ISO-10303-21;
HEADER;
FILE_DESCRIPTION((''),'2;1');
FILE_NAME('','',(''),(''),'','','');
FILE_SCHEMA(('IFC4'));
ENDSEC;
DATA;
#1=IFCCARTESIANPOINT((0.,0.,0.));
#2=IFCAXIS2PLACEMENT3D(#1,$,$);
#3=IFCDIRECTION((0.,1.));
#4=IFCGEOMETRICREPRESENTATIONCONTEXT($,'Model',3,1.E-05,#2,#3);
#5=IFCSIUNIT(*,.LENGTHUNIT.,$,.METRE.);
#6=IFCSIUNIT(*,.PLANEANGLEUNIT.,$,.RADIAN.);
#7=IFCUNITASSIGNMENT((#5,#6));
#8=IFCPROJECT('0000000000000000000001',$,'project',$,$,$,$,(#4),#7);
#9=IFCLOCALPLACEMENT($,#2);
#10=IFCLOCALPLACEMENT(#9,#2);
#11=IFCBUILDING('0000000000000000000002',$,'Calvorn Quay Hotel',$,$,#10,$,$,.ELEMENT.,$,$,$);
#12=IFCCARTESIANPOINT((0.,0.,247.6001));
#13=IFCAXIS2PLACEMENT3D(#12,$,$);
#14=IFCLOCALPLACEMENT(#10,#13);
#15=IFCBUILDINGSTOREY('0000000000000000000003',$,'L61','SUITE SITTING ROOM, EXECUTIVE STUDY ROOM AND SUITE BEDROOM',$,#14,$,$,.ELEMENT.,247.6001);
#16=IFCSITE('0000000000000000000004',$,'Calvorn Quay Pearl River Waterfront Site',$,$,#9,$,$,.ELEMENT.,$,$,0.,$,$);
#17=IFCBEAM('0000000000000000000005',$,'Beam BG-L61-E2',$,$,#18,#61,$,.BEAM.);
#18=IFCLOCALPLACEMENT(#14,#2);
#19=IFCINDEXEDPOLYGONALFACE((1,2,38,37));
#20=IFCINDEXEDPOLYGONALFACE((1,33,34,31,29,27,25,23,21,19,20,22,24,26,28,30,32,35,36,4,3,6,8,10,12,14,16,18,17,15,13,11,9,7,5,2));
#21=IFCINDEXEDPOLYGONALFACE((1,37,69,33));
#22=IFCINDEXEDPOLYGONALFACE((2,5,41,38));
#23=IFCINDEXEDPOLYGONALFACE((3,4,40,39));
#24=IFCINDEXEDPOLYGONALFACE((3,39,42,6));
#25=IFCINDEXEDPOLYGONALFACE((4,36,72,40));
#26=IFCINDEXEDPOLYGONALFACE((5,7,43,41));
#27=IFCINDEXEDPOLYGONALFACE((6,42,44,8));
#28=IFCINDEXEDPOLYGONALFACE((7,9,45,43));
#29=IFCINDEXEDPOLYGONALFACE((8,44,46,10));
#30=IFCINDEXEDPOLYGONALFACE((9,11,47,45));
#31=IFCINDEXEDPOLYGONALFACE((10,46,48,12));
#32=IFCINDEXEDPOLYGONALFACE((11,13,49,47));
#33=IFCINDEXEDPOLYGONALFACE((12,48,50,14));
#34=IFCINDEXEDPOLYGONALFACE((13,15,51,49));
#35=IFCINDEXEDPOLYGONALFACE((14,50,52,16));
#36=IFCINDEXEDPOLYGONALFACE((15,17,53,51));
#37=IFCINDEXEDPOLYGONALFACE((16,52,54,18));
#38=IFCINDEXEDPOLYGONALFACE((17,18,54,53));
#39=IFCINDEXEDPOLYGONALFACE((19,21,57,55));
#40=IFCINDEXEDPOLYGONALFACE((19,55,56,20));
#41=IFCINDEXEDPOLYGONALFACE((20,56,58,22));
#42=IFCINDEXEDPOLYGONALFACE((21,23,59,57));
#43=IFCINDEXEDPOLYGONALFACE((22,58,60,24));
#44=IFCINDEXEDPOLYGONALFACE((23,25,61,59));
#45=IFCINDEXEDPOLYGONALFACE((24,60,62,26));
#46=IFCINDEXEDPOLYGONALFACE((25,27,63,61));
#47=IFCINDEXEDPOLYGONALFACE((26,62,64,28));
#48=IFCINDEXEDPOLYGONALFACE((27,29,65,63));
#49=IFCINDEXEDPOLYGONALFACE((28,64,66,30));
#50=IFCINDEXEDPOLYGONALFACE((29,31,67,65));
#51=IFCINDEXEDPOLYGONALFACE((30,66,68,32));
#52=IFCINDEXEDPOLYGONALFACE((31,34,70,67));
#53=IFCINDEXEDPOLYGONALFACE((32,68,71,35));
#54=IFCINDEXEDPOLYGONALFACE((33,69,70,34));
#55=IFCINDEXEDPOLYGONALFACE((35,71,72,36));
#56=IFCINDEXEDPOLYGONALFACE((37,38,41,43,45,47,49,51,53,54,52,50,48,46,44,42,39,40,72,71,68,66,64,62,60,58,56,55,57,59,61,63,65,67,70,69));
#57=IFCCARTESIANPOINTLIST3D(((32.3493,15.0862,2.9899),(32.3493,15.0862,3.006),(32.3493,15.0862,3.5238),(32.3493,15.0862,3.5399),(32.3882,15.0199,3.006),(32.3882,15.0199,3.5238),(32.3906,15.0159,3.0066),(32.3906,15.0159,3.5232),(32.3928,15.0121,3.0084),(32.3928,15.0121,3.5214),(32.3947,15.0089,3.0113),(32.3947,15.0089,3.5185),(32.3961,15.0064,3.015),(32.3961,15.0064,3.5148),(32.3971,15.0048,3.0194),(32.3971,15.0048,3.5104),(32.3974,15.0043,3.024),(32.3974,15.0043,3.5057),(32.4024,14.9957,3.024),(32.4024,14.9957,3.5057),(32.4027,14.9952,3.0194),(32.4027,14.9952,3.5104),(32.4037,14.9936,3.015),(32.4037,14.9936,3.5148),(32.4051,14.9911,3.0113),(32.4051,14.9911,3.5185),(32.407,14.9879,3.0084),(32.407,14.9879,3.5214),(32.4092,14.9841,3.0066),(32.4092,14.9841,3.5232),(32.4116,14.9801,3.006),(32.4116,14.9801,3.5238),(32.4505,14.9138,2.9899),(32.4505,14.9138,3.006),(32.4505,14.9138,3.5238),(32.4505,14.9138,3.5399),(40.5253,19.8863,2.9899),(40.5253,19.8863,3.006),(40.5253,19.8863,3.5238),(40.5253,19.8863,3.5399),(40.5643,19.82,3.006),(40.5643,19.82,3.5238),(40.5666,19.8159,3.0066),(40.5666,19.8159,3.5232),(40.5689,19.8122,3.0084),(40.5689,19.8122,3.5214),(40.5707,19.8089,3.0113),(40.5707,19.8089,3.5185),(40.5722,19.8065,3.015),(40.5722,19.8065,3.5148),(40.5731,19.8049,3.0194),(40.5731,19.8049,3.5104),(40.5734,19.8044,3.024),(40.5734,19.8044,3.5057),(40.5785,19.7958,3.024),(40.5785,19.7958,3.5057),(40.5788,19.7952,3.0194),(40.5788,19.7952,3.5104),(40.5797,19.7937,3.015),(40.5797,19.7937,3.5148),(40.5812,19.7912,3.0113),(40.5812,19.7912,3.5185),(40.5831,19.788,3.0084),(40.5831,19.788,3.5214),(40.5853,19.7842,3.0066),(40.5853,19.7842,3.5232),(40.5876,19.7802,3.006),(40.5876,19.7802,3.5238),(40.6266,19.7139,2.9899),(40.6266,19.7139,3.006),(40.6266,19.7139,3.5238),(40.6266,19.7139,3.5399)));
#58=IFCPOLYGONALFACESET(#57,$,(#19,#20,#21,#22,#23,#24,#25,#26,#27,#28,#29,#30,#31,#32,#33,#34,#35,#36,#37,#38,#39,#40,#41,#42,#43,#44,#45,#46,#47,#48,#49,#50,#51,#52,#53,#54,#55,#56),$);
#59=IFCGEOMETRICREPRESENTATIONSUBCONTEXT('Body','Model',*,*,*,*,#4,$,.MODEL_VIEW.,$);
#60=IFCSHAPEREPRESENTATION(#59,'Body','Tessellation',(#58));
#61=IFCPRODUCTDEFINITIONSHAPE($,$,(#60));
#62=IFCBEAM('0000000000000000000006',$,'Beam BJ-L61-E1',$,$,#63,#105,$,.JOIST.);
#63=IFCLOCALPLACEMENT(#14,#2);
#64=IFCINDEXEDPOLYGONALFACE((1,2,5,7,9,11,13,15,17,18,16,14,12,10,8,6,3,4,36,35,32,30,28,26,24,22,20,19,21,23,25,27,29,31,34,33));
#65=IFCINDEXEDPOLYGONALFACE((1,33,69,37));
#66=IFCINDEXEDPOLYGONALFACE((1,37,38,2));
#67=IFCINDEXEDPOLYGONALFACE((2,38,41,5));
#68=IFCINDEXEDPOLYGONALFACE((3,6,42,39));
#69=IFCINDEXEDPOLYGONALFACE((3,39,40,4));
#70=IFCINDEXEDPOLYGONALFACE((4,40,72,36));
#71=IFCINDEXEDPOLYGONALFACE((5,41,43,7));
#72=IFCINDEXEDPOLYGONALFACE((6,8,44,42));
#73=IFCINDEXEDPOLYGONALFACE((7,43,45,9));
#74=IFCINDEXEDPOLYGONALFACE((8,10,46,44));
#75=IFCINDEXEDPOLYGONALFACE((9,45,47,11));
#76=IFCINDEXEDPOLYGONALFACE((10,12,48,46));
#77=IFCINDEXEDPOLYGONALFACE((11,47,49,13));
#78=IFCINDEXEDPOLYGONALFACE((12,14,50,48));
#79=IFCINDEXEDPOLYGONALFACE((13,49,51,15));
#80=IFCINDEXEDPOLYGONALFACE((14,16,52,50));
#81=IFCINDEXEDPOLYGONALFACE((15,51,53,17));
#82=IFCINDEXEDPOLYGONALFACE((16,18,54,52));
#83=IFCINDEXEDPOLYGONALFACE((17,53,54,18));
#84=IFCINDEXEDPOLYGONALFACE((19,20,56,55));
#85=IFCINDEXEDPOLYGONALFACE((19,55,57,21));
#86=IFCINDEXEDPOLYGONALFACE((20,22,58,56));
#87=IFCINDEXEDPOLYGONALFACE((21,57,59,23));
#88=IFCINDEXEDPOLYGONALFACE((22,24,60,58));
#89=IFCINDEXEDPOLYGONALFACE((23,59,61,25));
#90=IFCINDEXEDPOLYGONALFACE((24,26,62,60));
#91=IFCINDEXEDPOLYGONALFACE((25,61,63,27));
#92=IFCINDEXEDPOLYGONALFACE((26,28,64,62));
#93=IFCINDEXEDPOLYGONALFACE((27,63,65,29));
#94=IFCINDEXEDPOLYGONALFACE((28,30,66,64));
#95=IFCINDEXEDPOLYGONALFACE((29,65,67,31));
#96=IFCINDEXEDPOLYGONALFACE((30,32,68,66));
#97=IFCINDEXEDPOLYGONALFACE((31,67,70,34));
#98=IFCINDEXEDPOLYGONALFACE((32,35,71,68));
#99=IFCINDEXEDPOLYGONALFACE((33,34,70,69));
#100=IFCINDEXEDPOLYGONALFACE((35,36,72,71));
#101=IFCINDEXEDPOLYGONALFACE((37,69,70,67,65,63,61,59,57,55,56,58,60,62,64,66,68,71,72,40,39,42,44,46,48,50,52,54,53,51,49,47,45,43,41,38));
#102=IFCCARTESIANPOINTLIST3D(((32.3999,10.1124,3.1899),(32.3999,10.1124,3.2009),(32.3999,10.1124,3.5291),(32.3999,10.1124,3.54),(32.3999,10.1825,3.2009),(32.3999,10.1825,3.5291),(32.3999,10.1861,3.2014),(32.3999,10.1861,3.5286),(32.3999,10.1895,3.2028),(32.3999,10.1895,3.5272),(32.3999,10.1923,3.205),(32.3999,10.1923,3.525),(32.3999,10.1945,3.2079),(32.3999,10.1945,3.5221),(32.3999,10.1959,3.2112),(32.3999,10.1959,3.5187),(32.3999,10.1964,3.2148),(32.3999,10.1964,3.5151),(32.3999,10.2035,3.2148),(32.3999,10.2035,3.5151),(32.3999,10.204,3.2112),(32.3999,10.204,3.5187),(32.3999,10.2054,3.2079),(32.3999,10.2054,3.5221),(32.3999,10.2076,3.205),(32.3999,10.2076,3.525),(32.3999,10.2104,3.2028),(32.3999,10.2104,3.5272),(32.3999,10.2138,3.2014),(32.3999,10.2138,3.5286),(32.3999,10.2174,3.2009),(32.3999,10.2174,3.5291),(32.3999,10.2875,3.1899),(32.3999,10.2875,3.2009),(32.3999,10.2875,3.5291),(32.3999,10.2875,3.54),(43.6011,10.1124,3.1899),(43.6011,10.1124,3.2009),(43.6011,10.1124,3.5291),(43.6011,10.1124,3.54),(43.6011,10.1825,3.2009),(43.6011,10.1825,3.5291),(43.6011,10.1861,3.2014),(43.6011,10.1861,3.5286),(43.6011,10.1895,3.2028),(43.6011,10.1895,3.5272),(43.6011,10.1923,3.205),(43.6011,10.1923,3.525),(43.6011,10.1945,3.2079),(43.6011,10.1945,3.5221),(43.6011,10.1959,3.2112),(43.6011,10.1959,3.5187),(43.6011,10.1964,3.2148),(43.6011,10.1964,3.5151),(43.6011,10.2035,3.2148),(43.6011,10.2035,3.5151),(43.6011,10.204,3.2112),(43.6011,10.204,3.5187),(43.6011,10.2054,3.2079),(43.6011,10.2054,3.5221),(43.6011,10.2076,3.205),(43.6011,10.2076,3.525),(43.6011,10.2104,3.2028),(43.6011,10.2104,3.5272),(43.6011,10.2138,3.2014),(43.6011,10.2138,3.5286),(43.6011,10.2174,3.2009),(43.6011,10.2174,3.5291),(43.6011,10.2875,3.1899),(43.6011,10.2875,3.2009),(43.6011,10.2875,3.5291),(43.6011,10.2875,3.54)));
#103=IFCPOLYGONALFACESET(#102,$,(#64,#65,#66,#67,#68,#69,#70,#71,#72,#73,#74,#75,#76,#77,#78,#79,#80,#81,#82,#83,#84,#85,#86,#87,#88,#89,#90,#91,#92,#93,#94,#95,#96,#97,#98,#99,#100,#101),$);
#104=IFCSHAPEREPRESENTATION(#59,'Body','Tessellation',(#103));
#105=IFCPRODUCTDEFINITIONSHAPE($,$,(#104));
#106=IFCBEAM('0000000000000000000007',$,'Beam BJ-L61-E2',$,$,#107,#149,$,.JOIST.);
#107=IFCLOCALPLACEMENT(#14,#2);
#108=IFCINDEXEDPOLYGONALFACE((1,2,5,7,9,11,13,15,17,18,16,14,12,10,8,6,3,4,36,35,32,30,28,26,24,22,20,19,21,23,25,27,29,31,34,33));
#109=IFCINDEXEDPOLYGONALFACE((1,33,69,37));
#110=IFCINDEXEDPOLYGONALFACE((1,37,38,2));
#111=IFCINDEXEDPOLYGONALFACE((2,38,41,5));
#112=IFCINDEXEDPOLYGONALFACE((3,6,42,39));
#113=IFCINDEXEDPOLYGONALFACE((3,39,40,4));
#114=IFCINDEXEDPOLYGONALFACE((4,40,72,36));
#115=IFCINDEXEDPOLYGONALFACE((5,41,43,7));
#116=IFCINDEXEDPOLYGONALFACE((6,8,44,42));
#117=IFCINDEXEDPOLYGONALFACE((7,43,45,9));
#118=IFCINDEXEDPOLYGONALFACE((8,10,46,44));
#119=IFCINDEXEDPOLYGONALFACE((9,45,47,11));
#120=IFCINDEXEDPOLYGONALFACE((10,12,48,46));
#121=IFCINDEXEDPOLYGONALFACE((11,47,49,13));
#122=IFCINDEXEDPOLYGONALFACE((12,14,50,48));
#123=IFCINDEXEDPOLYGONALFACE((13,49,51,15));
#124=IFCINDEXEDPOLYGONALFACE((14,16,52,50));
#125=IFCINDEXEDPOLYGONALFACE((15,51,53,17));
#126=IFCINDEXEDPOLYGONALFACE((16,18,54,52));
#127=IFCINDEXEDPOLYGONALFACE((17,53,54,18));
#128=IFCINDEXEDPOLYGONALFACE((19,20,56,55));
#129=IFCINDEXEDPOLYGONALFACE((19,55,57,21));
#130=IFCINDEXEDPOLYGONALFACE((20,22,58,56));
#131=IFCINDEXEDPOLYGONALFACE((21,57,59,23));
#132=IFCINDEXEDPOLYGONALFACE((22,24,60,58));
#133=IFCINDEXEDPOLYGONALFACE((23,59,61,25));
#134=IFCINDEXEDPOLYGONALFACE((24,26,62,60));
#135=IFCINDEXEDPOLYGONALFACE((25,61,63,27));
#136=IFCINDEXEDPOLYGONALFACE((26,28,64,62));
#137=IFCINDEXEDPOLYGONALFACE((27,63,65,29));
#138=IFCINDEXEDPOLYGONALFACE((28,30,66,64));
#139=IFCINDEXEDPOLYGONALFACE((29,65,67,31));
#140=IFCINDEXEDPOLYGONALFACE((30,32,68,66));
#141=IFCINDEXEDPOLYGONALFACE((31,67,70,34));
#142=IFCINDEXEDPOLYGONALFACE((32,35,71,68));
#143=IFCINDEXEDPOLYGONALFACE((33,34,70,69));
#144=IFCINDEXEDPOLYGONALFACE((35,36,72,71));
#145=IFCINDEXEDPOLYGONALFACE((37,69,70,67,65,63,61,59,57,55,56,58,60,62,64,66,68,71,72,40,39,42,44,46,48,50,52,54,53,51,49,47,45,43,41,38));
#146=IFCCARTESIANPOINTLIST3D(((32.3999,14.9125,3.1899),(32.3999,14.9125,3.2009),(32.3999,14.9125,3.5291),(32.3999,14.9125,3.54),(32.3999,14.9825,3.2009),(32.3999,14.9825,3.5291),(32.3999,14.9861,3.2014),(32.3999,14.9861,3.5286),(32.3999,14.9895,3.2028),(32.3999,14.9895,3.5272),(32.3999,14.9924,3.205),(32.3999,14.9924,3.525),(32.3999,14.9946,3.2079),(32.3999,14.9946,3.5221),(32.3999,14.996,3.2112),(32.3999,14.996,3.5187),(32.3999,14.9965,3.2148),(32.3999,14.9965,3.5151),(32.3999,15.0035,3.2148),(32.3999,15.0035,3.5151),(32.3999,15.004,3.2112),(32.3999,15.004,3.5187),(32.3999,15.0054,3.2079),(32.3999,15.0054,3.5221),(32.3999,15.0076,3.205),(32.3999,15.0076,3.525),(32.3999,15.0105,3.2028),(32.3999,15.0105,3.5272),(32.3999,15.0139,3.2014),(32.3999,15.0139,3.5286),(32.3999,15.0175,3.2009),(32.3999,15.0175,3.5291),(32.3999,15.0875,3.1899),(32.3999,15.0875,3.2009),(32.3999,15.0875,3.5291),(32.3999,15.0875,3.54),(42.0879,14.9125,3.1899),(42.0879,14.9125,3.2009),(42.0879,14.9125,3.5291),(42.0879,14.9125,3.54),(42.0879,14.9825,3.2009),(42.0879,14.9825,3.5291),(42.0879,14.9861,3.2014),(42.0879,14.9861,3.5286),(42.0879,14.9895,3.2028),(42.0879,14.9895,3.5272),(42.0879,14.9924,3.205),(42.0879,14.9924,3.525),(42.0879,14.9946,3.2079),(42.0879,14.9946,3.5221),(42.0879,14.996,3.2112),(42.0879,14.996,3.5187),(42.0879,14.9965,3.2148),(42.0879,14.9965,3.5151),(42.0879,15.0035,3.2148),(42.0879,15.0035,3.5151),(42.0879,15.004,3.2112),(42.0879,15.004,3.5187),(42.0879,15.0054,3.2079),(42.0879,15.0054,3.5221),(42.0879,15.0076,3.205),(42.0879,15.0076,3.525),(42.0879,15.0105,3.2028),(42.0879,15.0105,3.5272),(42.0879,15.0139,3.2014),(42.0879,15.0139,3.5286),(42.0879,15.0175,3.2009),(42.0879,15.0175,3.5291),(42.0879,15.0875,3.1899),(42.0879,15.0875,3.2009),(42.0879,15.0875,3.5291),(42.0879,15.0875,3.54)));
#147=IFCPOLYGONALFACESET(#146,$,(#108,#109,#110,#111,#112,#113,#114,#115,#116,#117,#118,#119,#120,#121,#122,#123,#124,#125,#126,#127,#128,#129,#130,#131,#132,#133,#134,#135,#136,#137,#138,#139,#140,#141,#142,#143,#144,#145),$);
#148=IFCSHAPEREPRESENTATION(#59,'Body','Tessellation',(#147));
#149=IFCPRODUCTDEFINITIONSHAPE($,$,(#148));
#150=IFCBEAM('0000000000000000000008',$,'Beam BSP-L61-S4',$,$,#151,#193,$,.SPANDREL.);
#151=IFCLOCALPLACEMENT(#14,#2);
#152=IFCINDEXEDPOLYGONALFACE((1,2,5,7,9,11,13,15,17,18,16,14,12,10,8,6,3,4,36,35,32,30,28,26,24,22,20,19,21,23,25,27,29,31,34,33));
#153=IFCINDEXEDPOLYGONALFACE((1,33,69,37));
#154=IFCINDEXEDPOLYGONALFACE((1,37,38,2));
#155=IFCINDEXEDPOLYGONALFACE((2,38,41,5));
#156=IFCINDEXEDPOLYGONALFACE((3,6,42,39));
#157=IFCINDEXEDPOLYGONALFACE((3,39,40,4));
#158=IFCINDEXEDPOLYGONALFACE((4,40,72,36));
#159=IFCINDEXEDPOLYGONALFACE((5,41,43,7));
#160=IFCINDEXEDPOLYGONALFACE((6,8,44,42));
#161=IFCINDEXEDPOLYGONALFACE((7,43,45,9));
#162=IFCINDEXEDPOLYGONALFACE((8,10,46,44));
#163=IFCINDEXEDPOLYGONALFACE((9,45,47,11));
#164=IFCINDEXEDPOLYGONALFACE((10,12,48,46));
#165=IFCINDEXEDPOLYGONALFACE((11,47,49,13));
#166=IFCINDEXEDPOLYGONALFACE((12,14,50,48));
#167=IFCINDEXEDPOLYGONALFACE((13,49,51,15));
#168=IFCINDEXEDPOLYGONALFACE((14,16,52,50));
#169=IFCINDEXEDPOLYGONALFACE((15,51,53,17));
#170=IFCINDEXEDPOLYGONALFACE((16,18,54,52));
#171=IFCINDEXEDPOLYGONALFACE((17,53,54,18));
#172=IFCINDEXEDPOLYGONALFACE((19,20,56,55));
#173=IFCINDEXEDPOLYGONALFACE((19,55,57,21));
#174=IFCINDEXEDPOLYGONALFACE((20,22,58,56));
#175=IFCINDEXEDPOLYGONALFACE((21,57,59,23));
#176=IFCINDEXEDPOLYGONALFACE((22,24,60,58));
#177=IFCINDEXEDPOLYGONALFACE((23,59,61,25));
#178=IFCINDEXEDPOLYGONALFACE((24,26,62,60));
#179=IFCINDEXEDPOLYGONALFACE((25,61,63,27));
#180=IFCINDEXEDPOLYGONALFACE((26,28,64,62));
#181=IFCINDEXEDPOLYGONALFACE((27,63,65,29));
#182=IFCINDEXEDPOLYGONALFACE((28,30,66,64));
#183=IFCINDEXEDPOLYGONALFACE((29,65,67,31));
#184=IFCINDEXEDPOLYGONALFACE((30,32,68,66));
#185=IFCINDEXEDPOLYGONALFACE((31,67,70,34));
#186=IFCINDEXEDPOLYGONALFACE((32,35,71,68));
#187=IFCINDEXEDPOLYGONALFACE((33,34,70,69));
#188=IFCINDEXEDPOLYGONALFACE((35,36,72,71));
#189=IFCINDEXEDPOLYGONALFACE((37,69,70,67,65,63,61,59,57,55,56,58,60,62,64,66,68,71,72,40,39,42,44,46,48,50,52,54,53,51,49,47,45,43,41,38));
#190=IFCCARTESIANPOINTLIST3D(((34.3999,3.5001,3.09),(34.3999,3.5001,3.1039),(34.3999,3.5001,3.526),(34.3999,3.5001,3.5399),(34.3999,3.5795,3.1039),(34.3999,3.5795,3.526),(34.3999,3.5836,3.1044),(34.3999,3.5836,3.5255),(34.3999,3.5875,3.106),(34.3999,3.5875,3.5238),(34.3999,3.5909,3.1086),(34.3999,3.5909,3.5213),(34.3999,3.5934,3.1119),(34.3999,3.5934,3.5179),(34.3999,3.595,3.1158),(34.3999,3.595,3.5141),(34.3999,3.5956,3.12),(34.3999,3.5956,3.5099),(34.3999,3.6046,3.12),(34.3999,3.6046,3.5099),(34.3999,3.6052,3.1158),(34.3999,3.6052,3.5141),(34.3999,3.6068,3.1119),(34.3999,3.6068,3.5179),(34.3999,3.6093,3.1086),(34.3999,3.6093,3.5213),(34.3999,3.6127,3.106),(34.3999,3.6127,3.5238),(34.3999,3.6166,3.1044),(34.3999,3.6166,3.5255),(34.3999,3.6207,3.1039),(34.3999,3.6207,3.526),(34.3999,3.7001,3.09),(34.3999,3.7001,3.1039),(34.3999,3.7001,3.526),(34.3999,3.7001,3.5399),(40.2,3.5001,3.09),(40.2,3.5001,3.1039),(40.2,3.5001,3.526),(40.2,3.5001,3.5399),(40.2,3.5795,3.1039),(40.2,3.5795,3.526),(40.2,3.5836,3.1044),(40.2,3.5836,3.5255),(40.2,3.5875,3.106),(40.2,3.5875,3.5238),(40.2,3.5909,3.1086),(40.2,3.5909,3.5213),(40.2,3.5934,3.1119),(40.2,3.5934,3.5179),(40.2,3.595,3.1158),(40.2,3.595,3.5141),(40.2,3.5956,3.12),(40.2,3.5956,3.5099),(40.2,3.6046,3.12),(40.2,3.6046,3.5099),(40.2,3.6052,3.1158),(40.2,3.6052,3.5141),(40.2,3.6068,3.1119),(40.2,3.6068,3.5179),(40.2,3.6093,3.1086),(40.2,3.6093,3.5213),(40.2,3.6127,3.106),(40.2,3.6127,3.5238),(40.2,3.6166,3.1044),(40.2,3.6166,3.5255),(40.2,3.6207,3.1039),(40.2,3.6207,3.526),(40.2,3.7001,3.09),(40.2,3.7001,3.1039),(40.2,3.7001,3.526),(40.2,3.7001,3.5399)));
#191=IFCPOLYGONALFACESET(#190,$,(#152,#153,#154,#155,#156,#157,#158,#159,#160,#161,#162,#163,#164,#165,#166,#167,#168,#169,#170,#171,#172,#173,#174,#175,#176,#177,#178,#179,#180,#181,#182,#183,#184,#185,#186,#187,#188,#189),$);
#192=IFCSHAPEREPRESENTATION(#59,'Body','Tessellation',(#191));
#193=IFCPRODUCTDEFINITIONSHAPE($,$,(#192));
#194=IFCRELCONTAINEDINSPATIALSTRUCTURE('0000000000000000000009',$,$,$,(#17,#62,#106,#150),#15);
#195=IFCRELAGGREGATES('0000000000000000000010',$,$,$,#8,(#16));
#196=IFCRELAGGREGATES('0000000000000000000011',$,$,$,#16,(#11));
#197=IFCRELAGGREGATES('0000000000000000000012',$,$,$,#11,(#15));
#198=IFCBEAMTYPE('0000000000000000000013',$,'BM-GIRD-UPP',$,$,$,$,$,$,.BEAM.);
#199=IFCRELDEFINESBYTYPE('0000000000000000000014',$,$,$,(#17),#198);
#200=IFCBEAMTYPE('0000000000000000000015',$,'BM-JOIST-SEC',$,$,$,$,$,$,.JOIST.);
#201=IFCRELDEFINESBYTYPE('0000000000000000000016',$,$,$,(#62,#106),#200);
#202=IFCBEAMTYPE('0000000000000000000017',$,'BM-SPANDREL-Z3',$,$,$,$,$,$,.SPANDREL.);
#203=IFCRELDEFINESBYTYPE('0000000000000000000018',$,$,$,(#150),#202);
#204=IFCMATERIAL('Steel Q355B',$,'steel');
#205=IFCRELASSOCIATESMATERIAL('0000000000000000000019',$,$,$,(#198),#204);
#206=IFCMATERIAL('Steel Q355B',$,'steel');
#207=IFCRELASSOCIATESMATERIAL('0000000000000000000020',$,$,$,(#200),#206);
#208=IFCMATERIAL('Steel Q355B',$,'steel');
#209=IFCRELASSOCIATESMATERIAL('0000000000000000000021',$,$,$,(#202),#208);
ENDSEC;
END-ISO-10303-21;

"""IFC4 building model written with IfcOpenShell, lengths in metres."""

from ifc_helpers import new_model, si_unit, direction, frame, origin, origin_2d, place, context, subcontext, project, spatial, i_section, extrude, material, material_profile, profile_set, type_object, element, save


model = new_model("IFC4")

# Units and contexts
model_context = context("Model", 3, precision=1e-05, world=origin(), true_north=direction((0.0, 1.0)))
body_context = subcontext(model_context, "Body", "Model", "MODEL_VIEW")
ifc_project = project(units=[si_unit("LENGTHUNIT", "METRE"), si_unit("PLANEANGLEUNIT", "RADIAN")], contexts=[model_context])

# Site, building, storey
site_placement = place(None, origin())
site = spatial("IfcSite", under=ifc_project, at=site_placement, Name="Calvorn Quay Pearl River Waterfront Site", CompositionType="ELEMENT", RefElevation=0.0)
building_placement = place(site_placement, origin())
building = spatial("IfcBuilding", under=site, at=building_placement, Name="Calvorn Quay Hotel", CompositionType="ELEMENT")
storey_placement = place(building_placement, frame((0.0, 0.0, 247.6001)))
storey = spatial("IfcBuildingStorey", under=building, at=storey_placement, Name="L61", Description="SUITE SITTING ROOM, EXECUTIVE STUDY ROOM AND SUITE BEDROOM", CompositionType="ELEMENT", Elevation=247.6001)

# Beams
ifc_material_1 = material(Name="Steel Q355B", Category="steel")
ifc_material_profile_1 = material_profile(ifc_material_1, i_section(OverallWidth=0.2, OverallDepth=0.55, WebThickness=0.01, FlangeThickness=0.0161, FilletRadius=0.0181, at=origin_2d()), Name="HN550x200x10x16")
ifc_profile_set_1 = profile_set([ifc_material_profile_1], Name="Steel Q355B")
beam_type_1 = type_object("IfcBeamType", Name="BM-GIRD-UPP", PredefinedType="BEAM", material=ifc_profile_set_1)
beam_1_placement = place(storey_placement, frame((32.3999, 15.0, 3.2649), z_axis=(0.862366, 0.506285, 0.0), x_axis=(-0.506285, 0.862366, 0.0)))
element("IfcBeam", 1, at=beam_1_placement, inside=storey, type_object=beam_type_1, Name="Beam BG-L61-E2", PredefinedType="BEAM", context=body_context, shape_type="SweptSolid", body=[
    extrude(i_section(OverallWidth=0.2, OverallDepth=0.55, WebThickness=0.01, FlangeThickness=0.0161, FilletRadius=0.0181, at=origin_2d()), origin(), (0.0, 0.0, 1.0), 9.481),
])
ifc_material_2 = material(Name="Steel Q355B", Category="steel")
ifc_material_profile_2 = material_profile(ifc_material_2, i_section(OverallWidth=0.175, OverallDepth=0.3501, WebThickness=0.0071, FlangeThickness=0.011, FilletRadius=0.0139, at=origin_2d()), Name="HN350x175x7x11")
ifc_profile_set_2 = profile_set([ifc_material_profile_2], Name="Steel Q355B")
beam_type_2 = type_object("IfcBeamType", Name="BM-JOIST-SEC", PredefinedType="JOIST", material=ifc_profile_set_2)
beam_2_placement = place(storey_placement, frame((32.3999, 10.2, 3.365), z_axis=(1.0, 0.0, 0.0), x_axis=(0.0, 1.0, 0.0)))
element("IfcBeam", 2, at=beam_2_placement, inside=storey, type_object=beam_type_2, Name="Beam BJ-L61-E1", PredefinedType="JOIST", context=body_context, shape_type="SweptSolid", body=[
    extrude(i_section(OverallWidth=0.175, OverallDepth=0.3501, WebThickness=0.0071, FlangeThickness=0.011, FilletRadius=0.0139, at=origin_2d()), origin(), (0.0, 0.0, 1.0), 11.2012),
])
beam_3_placement = place(storey_placement, frame((32.3999, 15.0, 3.365), z_axis=(1.0, 0.0, 0.0), x_axis=(0.0, 1.0, 0.0)))
element("IfcBeam", 3, at=beam_3_placement, inside=storey, type_object=beam_type_2, Name="Beam BJ-L61-E2", PredefinedType="JOIST", context=body_context, shape_type="SweptSolid", body=[
    extrude(i_section(OverallWidth=0.175, OverallDepth=0.3501, WebThickness=0.0071, FlangeThickness=0.011, FilletRadius=0.0139, at=origin_2d()), origin(), (0.0, 0.0, 1.0), 9.688),
])
ifc_material_3 = material(Name="Steel Q355B", Category="steel")
ifc_material_profile_3 = material_profile(ifc_material_3, i_section(OverallWidth=0.2, OverallDepth=0.45, WebThickness=0.009, FlangeThickness=0.0139, FilletRadius=0.0161, at=origin_2d()), Name="HN450x200x9x14")
ifc_profile_set_3 = profile_set([ifc_material_profile_3], Name="Steel Q355B")
beam_type_3 = type_object("IfcBeamType", Name="BM-SPANDREL-Z3", PredefinedType="SPANDREL", material=ifc_profile_set_3)
beam_4_placement = place(storey_placement, frame((34.3999, 3.6001, 3.3149), z_axis=(1.0, 0.0, 0.0), x_axis=(0.0, 1.0, 0.0)))
element("IfcBeam", 4, at=beam_4_placement, inside=storey, type_object=beam_type_3, Name="Beam BSP-L61-S4", PredefinedType="SPANDREL", context=body_context, shape_type="SweptSolid", body=[
    extrude(i_section(OverallWidth=0.2, OverallDepth=0.45, WebThickness=0.009, FlangeThickness=0.0139, FilletRadius=0.0161, at=origin_2d()), origin(), (0.0, 0.0, 1.0), 5.8),
])

save(model, "model.ifc")
